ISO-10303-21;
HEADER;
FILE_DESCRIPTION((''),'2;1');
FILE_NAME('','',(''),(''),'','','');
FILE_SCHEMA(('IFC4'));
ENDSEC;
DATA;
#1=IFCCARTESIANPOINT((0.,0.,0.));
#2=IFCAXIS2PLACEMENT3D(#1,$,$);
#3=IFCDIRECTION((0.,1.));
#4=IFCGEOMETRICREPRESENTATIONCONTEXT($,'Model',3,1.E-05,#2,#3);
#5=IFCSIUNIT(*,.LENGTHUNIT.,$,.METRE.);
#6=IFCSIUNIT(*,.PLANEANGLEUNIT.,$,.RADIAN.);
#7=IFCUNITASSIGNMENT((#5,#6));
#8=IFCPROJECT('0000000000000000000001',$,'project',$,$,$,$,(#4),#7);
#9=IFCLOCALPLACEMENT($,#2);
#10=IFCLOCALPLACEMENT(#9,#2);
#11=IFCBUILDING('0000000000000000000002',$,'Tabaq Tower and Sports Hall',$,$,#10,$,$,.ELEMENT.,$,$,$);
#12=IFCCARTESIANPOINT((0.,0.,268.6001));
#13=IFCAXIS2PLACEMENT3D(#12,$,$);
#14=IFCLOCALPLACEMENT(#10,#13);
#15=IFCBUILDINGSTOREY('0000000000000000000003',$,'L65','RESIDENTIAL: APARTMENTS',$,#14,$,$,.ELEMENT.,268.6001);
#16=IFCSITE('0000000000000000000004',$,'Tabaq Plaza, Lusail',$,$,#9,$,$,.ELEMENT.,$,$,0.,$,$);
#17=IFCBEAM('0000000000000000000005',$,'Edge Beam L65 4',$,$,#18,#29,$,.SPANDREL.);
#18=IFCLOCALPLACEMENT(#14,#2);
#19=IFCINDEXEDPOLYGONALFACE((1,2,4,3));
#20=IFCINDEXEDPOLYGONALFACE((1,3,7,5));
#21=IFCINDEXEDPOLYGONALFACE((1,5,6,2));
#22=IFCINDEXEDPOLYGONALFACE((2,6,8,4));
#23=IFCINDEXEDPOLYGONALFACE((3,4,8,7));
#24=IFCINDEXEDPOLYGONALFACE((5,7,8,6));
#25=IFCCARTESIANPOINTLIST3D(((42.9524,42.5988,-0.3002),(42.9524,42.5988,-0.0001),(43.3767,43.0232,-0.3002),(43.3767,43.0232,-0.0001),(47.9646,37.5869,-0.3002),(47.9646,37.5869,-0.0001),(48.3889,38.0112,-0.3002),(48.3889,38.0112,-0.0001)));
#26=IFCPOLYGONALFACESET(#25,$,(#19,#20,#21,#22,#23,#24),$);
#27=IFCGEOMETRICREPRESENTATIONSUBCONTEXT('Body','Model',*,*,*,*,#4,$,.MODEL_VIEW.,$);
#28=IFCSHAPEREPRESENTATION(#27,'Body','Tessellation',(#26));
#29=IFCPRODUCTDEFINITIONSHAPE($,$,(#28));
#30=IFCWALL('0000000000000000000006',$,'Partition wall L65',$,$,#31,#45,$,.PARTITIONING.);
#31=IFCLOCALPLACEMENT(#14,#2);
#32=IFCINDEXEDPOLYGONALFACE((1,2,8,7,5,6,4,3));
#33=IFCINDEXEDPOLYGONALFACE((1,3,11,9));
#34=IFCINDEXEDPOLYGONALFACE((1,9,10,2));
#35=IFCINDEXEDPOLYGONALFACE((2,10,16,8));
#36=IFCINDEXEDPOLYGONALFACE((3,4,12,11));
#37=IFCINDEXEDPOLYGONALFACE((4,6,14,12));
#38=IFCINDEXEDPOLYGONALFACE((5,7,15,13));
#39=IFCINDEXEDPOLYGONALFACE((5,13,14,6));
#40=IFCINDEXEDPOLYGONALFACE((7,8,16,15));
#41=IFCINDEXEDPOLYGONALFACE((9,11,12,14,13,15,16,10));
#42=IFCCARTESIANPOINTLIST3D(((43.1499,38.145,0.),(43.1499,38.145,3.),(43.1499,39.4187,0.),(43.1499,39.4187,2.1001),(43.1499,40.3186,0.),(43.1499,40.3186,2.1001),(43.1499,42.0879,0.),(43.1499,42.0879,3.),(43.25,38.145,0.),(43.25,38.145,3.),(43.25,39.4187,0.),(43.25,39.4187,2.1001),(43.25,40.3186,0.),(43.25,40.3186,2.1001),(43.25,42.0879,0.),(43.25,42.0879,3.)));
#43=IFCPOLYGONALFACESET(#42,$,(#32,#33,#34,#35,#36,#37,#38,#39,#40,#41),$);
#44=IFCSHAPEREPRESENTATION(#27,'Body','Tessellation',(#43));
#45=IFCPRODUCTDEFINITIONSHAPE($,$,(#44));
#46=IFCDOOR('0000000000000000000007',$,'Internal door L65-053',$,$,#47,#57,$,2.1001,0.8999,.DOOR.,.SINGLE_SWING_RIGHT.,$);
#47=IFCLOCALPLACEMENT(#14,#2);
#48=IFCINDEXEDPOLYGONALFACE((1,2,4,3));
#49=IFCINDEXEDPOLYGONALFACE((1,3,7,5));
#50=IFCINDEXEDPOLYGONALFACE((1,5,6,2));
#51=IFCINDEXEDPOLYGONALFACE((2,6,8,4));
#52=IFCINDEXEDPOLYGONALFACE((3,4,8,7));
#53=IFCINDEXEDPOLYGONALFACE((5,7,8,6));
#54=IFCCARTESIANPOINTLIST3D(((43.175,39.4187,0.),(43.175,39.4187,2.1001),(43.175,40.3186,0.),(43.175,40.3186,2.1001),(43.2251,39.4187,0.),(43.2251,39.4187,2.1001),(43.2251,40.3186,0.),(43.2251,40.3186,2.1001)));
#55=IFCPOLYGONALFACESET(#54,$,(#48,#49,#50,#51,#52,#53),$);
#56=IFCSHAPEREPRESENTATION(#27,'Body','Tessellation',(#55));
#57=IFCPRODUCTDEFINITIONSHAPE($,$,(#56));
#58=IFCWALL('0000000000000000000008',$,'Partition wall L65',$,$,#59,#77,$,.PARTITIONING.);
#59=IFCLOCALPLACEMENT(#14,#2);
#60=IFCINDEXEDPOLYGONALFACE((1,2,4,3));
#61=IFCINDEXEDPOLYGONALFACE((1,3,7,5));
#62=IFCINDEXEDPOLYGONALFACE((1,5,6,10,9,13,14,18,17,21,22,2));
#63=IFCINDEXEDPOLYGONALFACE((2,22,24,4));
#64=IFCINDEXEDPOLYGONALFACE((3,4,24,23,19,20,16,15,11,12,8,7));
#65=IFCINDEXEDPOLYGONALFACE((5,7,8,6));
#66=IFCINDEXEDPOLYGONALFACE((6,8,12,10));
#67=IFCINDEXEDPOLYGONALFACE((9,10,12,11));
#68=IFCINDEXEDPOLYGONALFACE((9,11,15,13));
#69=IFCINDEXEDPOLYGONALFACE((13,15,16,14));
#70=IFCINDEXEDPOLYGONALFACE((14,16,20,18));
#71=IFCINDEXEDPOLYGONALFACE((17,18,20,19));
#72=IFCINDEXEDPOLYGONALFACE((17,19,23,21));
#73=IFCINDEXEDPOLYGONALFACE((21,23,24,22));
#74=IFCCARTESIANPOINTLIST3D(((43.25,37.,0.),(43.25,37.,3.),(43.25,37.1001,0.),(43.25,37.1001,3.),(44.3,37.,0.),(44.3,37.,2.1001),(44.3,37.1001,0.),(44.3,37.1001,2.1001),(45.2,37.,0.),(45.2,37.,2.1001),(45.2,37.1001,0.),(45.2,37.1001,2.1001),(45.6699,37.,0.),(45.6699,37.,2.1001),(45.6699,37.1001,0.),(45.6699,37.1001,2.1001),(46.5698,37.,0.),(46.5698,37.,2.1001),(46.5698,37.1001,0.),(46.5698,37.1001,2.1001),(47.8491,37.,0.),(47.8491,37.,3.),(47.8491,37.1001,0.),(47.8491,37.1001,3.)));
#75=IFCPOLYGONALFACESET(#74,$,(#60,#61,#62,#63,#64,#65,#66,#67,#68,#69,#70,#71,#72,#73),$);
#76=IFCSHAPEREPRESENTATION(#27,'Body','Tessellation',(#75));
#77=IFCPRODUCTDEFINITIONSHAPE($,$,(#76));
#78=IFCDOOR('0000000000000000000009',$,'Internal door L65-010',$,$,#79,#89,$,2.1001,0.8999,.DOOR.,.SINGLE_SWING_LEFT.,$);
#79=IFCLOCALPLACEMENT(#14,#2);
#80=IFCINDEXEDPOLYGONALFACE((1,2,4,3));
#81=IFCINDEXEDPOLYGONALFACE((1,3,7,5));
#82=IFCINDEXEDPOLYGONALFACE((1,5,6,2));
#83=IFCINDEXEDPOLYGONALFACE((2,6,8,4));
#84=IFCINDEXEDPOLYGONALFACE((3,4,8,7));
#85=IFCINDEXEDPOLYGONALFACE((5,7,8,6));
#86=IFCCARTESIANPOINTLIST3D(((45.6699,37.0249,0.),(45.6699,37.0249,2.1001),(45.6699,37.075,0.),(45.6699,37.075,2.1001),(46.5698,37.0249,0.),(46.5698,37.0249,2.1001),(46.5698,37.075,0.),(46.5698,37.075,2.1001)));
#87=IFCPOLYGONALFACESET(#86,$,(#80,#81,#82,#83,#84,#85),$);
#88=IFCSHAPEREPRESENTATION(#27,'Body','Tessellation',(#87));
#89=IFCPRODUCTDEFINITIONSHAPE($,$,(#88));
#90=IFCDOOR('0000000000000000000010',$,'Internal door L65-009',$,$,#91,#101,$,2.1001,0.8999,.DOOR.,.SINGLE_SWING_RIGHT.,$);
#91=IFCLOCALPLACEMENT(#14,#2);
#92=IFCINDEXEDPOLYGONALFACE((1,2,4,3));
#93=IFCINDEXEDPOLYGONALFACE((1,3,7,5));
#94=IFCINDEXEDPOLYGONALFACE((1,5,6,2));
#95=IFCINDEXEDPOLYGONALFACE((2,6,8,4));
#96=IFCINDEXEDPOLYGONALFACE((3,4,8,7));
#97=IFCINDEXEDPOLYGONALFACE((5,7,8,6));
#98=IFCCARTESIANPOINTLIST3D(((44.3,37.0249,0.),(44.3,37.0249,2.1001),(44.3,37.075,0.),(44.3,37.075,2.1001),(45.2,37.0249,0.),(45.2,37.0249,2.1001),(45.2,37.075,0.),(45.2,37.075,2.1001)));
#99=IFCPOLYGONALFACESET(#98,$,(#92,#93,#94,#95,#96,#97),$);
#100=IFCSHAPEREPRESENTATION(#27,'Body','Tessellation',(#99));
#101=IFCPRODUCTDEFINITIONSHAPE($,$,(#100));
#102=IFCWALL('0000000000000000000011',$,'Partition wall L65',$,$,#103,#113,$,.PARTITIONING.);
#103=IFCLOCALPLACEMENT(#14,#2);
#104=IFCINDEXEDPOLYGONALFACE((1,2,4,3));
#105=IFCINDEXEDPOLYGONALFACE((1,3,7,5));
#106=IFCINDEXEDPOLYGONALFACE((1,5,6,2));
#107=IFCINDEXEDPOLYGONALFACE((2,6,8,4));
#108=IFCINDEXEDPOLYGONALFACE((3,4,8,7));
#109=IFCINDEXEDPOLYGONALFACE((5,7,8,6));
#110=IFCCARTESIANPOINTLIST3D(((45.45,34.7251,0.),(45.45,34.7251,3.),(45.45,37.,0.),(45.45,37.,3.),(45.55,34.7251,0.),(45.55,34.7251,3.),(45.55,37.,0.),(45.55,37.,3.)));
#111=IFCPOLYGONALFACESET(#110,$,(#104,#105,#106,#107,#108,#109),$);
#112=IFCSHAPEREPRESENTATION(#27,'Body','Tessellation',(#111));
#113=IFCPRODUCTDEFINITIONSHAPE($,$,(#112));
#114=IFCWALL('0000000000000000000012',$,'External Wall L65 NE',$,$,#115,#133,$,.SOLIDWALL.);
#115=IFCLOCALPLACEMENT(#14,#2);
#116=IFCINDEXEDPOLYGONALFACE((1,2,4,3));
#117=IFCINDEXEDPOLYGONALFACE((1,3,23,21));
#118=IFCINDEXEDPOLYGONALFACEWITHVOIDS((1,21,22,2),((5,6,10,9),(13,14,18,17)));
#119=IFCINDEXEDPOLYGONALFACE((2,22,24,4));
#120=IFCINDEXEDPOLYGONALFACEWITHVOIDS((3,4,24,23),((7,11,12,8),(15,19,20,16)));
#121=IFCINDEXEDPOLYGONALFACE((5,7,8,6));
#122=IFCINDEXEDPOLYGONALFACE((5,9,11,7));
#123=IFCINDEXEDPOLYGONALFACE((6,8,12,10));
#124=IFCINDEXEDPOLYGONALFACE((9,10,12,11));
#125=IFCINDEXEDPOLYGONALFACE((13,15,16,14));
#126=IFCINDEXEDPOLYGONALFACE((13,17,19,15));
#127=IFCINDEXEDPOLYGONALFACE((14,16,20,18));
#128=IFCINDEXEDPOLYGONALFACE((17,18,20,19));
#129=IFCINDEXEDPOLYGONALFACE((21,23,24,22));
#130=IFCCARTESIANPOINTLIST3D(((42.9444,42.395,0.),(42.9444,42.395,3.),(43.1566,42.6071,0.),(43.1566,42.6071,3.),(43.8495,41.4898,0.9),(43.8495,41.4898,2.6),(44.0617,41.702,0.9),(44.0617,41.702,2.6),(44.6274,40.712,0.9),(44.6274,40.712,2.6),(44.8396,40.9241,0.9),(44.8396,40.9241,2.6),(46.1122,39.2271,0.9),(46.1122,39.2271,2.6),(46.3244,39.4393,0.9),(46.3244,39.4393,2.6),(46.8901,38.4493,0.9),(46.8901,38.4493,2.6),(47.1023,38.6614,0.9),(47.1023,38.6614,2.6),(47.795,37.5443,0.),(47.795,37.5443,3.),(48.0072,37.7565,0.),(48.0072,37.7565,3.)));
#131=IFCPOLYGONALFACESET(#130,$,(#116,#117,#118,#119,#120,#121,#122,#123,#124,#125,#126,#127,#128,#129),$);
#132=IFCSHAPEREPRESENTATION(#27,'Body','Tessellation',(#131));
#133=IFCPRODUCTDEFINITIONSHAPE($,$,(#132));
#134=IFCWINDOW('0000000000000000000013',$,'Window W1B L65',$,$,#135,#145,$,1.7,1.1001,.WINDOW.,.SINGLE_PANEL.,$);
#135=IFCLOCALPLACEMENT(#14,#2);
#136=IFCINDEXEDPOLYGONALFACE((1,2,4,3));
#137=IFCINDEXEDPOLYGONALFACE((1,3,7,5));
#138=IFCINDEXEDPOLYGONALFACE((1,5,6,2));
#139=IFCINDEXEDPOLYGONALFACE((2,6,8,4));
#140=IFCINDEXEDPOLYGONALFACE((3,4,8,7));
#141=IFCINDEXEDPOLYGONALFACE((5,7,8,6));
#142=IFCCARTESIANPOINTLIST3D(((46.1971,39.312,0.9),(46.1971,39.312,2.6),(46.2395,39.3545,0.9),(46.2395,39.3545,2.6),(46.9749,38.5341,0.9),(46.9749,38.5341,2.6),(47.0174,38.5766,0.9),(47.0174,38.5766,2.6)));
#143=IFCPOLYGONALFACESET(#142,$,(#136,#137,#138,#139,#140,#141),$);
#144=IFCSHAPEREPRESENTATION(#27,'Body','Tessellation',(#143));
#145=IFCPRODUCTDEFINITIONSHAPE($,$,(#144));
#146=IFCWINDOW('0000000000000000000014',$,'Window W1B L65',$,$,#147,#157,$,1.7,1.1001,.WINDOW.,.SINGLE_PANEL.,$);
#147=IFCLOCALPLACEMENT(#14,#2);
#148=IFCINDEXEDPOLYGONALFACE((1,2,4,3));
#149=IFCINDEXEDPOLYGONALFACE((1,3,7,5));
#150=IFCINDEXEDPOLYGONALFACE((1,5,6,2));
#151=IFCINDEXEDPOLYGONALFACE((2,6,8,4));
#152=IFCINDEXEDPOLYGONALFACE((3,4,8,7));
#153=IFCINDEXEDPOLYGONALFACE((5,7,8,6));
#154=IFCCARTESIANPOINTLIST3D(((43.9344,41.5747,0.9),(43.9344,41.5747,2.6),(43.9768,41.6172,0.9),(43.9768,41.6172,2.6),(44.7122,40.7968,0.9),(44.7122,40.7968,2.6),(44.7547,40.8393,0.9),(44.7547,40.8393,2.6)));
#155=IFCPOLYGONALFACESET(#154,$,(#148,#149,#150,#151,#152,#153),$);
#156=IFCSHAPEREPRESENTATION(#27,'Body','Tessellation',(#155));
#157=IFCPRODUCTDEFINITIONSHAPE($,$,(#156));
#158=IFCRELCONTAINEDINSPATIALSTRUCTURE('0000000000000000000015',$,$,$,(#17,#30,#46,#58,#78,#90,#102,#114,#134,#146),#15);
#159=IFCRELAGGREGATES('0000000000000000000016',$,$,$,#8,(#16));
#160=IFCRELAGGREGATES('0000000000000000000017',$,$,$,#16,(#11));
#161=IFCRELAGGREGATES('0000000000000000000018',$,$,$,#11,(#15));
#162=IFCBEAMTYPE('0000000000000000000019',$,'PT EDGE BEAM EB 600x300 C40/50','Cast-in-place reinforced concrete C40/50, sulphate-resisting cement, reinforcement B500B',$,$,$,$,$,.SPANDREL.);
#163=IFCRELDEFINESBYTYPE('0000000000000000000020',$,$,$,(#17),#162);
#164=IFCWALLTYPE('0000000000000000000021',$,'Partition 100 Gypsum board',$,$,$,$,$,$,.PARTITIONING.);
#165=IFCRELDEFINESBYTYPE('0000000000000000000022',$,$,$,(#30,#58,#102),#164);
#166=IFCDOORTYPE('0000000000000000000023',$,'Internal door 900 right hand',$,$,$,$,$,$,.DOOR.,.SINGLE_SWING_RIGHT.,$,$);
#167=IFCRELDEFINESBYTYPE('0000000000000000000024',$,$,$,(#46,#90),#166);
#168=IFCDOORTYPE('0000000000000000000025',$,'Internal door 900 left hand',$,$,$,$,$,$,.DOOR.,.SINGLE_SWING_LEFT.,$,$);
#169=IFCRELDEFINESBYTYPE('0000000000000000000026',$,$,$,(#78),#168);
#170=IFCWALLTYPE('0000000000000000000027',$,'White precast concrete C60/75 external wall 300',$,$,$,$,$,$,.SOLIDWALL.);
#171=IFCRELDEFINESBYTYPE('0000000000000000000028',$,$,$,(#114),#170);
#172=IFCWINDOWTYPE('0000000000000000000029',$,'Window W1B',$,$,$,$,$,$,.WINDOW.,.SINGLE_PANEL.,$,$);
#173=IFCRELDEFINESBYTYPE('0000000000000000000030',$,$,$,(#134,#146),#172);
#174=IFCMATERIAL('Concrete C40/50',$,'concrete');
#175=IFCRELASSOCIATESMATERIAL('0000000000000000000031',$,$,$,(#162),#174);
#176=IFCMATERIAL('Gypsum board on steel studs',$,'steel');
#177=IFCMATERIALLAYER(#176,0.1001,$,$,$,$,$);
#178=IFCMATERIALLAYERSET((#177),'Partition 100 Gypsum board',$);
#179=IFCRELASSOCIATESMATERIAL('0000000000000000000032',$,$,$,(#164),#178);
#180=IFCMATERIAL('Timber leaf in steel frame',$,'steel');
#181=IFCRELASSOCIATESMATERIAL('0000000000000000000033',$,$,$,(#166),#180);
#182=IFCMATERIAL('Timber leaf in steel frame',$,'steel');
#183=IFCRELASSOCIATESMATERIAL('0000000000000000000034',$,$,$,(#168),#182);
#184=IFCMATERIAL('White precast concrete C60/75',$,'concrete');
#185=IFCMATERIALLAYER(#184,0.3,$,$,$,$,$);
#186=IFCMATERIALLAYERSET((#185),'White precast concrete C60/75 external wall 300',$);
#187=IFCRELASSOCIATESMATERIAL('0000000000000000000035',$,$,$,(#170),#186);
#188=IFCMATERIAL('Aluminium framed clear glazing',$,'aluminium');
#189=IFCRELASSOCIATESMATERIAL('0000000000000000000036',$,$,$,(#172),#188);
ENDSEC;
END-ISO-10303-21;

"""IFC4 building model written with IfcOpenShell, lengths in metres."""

from ifc_helpers import new_model, si_unit, direction, frame, frame_2d, origin, origin_2d, place, context, subcontext, project, spatial, rectangle, extrude, material, layer, layer_set, material_profile, profile_set, type_object, element, fill, save


model = new_model("IFC4")

# Units and contexts
model_context = context("Model", 3, precision=1e-05, world=origin(), true_north=direction((0.0, 1.0)))
body_context = subcontext(model_context, "Body", "Model", "MODEL_VIEW")
ifc_project = project(units=[si_unit("LENGTHUNIT", "METRE"), si_unit("PLANEANGLEUNIT", "RADIAN")], contexts=[model_context])

# Site, building, storey
site_placement = place(None, origin())
site = spatial("IfcSite", under=ifc_project, at=site_placement, Name="Tabaq Plaza, Lusail", CompositionType="ELEMENT", RefElevation=0.0)
building_placement = place(site_placement, origin())
building = spatial("IfcBuilding", under=site, at=building_placement, Name="Tabaq Tower and Sports Hall", CompositionType="ELEMENT")
storey_placement = place(building_placement, frame((0.0, 0.0, 268.6001)))
storey = spatial("IfcBuildingStorey", under=building, at=storey_placement, Name="L65", Description="RESIDENTIAL: APARTMENTS", CompositionType="ELEMENT", Elevation=268.6001)

# Beam
ifc_material_1 = material(Name="Concrete C40/50", Category="concrete")
ifc_material_profile = material_profile(ifc_material_1, rectangle(XDim=0.6001, YDim=0.3, at=origin_2d()), Name="EB 600x300")
ifc_profile_set = profile_set([ifc_material_profile], Name="Concrete C40/50")
beam_type = type_object("IfcBeamType", Name="PT EDGE BEAM EB 600x300 C40/50", Description="Cast-in-place reinforced concrete C40/50, sulphate-resisting cement, reinforcement B500B", PredefinedType="SPANDREL", material=ifc_profile_set)
beam_placement = place(storey_placement, frame((48.1768, 37.7991, -0.1501), z_axis=(-0.707124, 0.70709, 0.0), x_axis=(-0.70709, -0.707124, 0.0)))
element("IfcBeam", 1, at=beam_placement, inside=storey, type_object=beam_type, Name="Edge Beam L65 4", PredefinedType="SPANDREL", context=body_context, shape_type="SweptSolid", body=[
    extrude(rectangle(XDim=0.6001, YDim=0.3, at=origin_2d()), origin(), (0.0, 0.0, 1.0), 7.0881),
])

# Wall, opening, door
ifc_material_2 = material(Name="Gypsum board on steel studs", Category="steel")
ifc_layer_1 = layer(ifc_material_2, 0.1001)
ifc_layer_set_1 = layer_set([ifc_layer_1], Name="Partition 100 Gypsum board")
wall_type_1 = type_object("IfcWallType", Name="Partition 100 Gypsum board", PredefinedType="PARTITIONING", material=ifc_layer_set_1)
wall_1_placement = place(storey_placement, frame((43.2, 38.145, 0.0), z_axis=(0.0, 0.0, 1.0), x_axis=(0.0, 1.0, 0.0)))
wall_1 = element("IfcWall", 2, at=wall_1_placement, inside=storey, type_object=wall_type_1, Name="Partition wall L65", PredefinedType="PARTITIONING", context=body_context, shape_type="SweptSolid", body=[
    extrude(rectangle(XDim=3.9429, YDim=0.1001, at=frame_2d((1.9714, 0.0))), origin(), (0.0, 0.0, 1.0), 3.0),
])
opening_1_placement = place(wall_1_placement, frame((1.2737, 0.0, 0.0)))
opening_1 = element("IfcOpeningElement", 3, at=opening_1_placement, cuts=wall_1, PredefinedType="OPENING", context=body_context, shape_type="SweptSolid", body=[
    extrude(rectangle(XDim=0.8999, YDim=2.1001, at=frame_2d((0.45, 1.05))), frame((0.0, 0.05, 0.0), z_axis=(0.0, -1.0, 0.0), x_axis=(1.0, 0.0, 0.0)), (0.0, 0.0, 1.0), 0.1001),
])
ifc_material_3 = material(Name="Timber leaf in steel frame", Category="steel")
door_type_1 = type_object("IfcDoorType", Name="Internal door 900 right hand", OperationType="SINGLE_SWING_RIGHT", PredefinedType="DOOR", material=ifc_material_3)
door_1_placement = place(opening_1_placement, origin())
door_1 = element("IfcDoor", 4, at=door_1_placement, inside=storey, type_object=door_type_1, Name="Internal door L65-053", OperationType="SINGLE_SWING_RIGHT", OverallHeight=2.1001, OverallWidth=0.8999, PredefinedType="DOOR", context=body_context, shape_type="SweptSolid", body=[
    extrude(rectangle(XDim=0.8999, YDim=2.1001, at=frame_2d((0.45, 1.05))), frame((0.0, 0.0249, 0.0), z_axis=(0.0, -1.0, 0.0), x_axis=(1.0, 0.0, 0.0)), (0.0, 0.0, 1.0), 0.05),
])
fill(opening_1, door_1)

# Wall, openings, doors
wall_2_placement = place(storey_placement, frame((43.25, 37.05, 0.0), z_axis=(0.0, 0.0, 1.0), x_axis=(1.0, 0.0, 0.0)))
wall_2 = element("IfcWall", 5, at=wall_2_placement, inside=storey, type_object=wall_type_1, Name="Partition wall L65", PredefinedType="PARTITIONING", context=body_context, shape_type="SweptSolid", body=[
    extrude(rectangle(XDim=4.5991, YDim=0.1001, at=frame_2d((2.2996, 0.0))), origin(), (0.0, 0.0, 1.0), 3.0),
])
opening_2_placement = place(wall_2_placement, frame((1.05, 0.0, 0.0)))
opening_2 = element("IfcOpeningElement", 6, at=opening_2_placement, cuts=wall_2, PredefinedType="OPENING", context=body_context, shape_type="SweptSolid", body=[
    extrude(rectangle(XDim=0.8999, YDim=2.1001, at=frame_2d((0.45, 1.05))), frame((0.0, 0.05, 0.0), z_axis=(0.0, -1.0, 0.0), x_axis=(1.0, 0.0, 0.0)), (0.0, 0.0, 1.0), 0.1001),
])
opening_3_placement = place(wall_2_placement, frame((2.4199, 0.0, 0.0)))
opening_3 = element("IfcOpeningElement", 7, at=opening_3_placement, cuts=wall_2, PredefinedType="OPENING", context=body_context, shape_type="SweptSolid", body=[
    extrude(rectangle(XDim=0.8999, YDim=2.1001, at=frame_2d((0.45, 1.05))), frame((0.0, 0.05, 0.0), z_axis=(0.0, -1.0, 0.0), x_axis=(1.0, 0.0, 0.0)), (0.0, 0.0, 1.0), 0.1001),
])
ifc_material_4 = material(Name="Timber leaf in steel frame", Category="steel")
door_type_2 = type_object("IfcDoorType", Name="Internal door 900 left hand", OperationType="SINGLE_SWING_LEFT", PredefinedType="DOOR", material=ifc_material_4)
door_2_placement = place(opening_3_placement, origin())
door_2 = element("IfcDoor", 8, at=door_2_placement, inside=storey, type_object=door_type_2, Name="Internal door L65-010", OperationType="SINGLE_SWING_LEFT", OverallHeight=2.1001, OverallWidth=0.8999, PredefinedType="DOOR", context=body_context, shape_type="SweptSolid", body=[
    extrude(rectangle(XDim=0.8999, YDim=2.1001, at=frame_2d((0.45, 1.05))), frame((0.0, 0.0249, 0.0), z_axis=(0.0, -1.0, 0.0), x_axis=(1.0, 0.0, 0.0)), (0.0, 0.0, 1.0), 0.05),
])
fill(opening_3, door_2)
door_3_placement = place(opening_2_placement, origin())
door_3 = element("IfcDoor", 9, at=door_3_placement, inside=storey, type_object=door_type_1, Name="Internal door L65-009", OperationType="SINGLE_SWING_RIGHT", OverallHeight=2.1001, OverallWidth=0.8999, PredefinedType="DOOR", context=body_context, shape_type="SweptSolid", body=[
    extrude(rectangle(XDim=0.8999, YDim=2.1001, at=frame_2d((0.45, 1.05))), frame((0.0, 0.0249, 0.0), z_axis=(0.0, -1.0, 0.0), x_axis=(1.0, 0.0, 0.0)), (0.0, 0.0, 1.0), 0.05),
])
fill(opening_2, door_3)

# Wall
wall_3_placement = place(storey_placement, frame((45.5, 34.7251, 0.0), z_axis=(0.0, 0.0, 1.0), x_axis=(0.0, 1.0, 0.0)))
element("IfcWall", 10, at=wall_3_placement, inside=storey, type_object=wall_type_1, Name="Partition wall L65", PredefinedType="PARTITIONING", context=body_context, shape_type="SweptSolid", body=[
    extrude(rectangle(XDim=2.2749, YDim=0.1001, at=frame_2d((1.1375, 0.0))), origin(), (0.0, 0.0, 1.0), 3.0),
])

# Wall, openings, windows
ifc_material_5 = material(Name="White precast concrete C60/75", Category="concrete")
ifc_layer_2 = layer(ifc_material_5, 0.3)
ifc_layer_set_2 = layer_set([ifc_layer_2], Name="White precast concrete C60/75 external wall 300")
wall_type_2 = type_object("IfcWallType", Name="White precast concrete C60/75 external wall 300", PredefinedType="SOLIDWALL", material=ifc_layer_set_2)
wall_4_placement = place(storey_placement, frame((47.9011, 37.6504, 0.0), z_axis=(0.0, 0.0, 1.0), x_axis=(-0.707107, 0.707107, 0.0)))
wall_4 = element("IfcWall", 11, at=wall_4_placement, inside=storey, type_object=wall_type_2, Name="External Wall L65 NE", PredefinedType="SOLIDWALL", context=body_context, shape_type="SweptSolid", body=[
    extrude(rectangle(XDim=6.8599, YDim=0.3, at=frame_2d((3.4299, 0.0))), origin(), (0.0, 0.0, 1.0), 3.0),
])
opening_4_placement = place(wall_4_placement, frame((1.2798, 0.0, 0.8999)))
opening_4 = element("IfcOpeningElement", 12, at=opening_4_placement, cuts=wall_4, PredefinedType="OPENING", context=body_context, shape_type="SweptSolid", body=[
    extrude(rectangle(XDim=1.1001, YDim=1.7, at=frame_2d((0.55, 0.8501))), frame((0.0, 0.1602, 0.0), z_axis=(0.0, -1.0, 0.0), x_axis=(1.0, 0.0, 0.0)), (0.0, 0.0, 1.0), 0.3201),
])
opening_5_placement = place(wall_4_placement, frame((4.4797, 0.0, 0.8999)))
opening_5 = element("IfcOpeningElement", 13, at=opening_5_placement, cuts=wall_4, PredefinedType="OPENING", context=body_context, shape_type="SweptSolid", body=[
    extrude(rectangle(XDim=1.1001, YDim=1.7, at=frame_2d((0.55, 0.8501))), frame((0.0, 0.1602, 0.0), z_axis=(0.0, -1.0, 0.0), x_axis=(1.0, 0.0, 0.0)), (0.0, 0.0, 1.0), 0.3201),
])
ifc_material_6 = material(Name="Aluminium framed clear glazing", Category="aluminium")
window_type = type_object("IfcWindowType", Name="Window W1B", PartitioningType="SINGLE_PANEL", PredefinedType="WINDOW", material=ifc_material_6)
window_1_placement = place(opening_4_placement, origin())
window_1 = element("IfcWindow", 14, at=window_1_placement, inside=storey, type_object=window_type, Name="Window W1B L65", OverallHeight=1.7, OverallWidth=1.1001, PartitioningType="SINGLE_PANEL", PredefinedType="WINDOW", context=body_context, shape_type="SweptSolid", body=[
    extrude(rectangle(XDim=1.1001, YDim=1.7, at=frame_2d((0.55, 0.8501))), frame((0.0, 0.03, 0.0), z_axis=(0.0, -1.0, 0.0), x_axis=(1.0, 0.0, 0.0)), (0.0, 0.0, 1.0), 0.0601),
])
fill(opening_4, window_1)
window_2_placement = place(opening_5_placement, origin())
window_2 = element("IfcWindow", 15, at=window_2_placement, inside=storey, type_object=window_type, Name="Window W1B L65", OverallHeight=1.7, OverallWidth=1.1001, PartitioningType="SINGLE_PANEL", PredefinedType="WINDOW", context=body_context, shape_type="SweptSolid", body=[
    extrude(rectangle(XDim=1.1001, YDim=1.7, at=frame_2d((0.55, 0.8501))), frame((0.0, 0.03, 0.0), z_axis=(0.0, -1.0, 0.0), x_axis=(1.0, 0.0, 0.0)), (0.0, 0.0, 1.0), 0.0601),
])
fill(opening_5, window_2)

save(model, "model.ifc")
